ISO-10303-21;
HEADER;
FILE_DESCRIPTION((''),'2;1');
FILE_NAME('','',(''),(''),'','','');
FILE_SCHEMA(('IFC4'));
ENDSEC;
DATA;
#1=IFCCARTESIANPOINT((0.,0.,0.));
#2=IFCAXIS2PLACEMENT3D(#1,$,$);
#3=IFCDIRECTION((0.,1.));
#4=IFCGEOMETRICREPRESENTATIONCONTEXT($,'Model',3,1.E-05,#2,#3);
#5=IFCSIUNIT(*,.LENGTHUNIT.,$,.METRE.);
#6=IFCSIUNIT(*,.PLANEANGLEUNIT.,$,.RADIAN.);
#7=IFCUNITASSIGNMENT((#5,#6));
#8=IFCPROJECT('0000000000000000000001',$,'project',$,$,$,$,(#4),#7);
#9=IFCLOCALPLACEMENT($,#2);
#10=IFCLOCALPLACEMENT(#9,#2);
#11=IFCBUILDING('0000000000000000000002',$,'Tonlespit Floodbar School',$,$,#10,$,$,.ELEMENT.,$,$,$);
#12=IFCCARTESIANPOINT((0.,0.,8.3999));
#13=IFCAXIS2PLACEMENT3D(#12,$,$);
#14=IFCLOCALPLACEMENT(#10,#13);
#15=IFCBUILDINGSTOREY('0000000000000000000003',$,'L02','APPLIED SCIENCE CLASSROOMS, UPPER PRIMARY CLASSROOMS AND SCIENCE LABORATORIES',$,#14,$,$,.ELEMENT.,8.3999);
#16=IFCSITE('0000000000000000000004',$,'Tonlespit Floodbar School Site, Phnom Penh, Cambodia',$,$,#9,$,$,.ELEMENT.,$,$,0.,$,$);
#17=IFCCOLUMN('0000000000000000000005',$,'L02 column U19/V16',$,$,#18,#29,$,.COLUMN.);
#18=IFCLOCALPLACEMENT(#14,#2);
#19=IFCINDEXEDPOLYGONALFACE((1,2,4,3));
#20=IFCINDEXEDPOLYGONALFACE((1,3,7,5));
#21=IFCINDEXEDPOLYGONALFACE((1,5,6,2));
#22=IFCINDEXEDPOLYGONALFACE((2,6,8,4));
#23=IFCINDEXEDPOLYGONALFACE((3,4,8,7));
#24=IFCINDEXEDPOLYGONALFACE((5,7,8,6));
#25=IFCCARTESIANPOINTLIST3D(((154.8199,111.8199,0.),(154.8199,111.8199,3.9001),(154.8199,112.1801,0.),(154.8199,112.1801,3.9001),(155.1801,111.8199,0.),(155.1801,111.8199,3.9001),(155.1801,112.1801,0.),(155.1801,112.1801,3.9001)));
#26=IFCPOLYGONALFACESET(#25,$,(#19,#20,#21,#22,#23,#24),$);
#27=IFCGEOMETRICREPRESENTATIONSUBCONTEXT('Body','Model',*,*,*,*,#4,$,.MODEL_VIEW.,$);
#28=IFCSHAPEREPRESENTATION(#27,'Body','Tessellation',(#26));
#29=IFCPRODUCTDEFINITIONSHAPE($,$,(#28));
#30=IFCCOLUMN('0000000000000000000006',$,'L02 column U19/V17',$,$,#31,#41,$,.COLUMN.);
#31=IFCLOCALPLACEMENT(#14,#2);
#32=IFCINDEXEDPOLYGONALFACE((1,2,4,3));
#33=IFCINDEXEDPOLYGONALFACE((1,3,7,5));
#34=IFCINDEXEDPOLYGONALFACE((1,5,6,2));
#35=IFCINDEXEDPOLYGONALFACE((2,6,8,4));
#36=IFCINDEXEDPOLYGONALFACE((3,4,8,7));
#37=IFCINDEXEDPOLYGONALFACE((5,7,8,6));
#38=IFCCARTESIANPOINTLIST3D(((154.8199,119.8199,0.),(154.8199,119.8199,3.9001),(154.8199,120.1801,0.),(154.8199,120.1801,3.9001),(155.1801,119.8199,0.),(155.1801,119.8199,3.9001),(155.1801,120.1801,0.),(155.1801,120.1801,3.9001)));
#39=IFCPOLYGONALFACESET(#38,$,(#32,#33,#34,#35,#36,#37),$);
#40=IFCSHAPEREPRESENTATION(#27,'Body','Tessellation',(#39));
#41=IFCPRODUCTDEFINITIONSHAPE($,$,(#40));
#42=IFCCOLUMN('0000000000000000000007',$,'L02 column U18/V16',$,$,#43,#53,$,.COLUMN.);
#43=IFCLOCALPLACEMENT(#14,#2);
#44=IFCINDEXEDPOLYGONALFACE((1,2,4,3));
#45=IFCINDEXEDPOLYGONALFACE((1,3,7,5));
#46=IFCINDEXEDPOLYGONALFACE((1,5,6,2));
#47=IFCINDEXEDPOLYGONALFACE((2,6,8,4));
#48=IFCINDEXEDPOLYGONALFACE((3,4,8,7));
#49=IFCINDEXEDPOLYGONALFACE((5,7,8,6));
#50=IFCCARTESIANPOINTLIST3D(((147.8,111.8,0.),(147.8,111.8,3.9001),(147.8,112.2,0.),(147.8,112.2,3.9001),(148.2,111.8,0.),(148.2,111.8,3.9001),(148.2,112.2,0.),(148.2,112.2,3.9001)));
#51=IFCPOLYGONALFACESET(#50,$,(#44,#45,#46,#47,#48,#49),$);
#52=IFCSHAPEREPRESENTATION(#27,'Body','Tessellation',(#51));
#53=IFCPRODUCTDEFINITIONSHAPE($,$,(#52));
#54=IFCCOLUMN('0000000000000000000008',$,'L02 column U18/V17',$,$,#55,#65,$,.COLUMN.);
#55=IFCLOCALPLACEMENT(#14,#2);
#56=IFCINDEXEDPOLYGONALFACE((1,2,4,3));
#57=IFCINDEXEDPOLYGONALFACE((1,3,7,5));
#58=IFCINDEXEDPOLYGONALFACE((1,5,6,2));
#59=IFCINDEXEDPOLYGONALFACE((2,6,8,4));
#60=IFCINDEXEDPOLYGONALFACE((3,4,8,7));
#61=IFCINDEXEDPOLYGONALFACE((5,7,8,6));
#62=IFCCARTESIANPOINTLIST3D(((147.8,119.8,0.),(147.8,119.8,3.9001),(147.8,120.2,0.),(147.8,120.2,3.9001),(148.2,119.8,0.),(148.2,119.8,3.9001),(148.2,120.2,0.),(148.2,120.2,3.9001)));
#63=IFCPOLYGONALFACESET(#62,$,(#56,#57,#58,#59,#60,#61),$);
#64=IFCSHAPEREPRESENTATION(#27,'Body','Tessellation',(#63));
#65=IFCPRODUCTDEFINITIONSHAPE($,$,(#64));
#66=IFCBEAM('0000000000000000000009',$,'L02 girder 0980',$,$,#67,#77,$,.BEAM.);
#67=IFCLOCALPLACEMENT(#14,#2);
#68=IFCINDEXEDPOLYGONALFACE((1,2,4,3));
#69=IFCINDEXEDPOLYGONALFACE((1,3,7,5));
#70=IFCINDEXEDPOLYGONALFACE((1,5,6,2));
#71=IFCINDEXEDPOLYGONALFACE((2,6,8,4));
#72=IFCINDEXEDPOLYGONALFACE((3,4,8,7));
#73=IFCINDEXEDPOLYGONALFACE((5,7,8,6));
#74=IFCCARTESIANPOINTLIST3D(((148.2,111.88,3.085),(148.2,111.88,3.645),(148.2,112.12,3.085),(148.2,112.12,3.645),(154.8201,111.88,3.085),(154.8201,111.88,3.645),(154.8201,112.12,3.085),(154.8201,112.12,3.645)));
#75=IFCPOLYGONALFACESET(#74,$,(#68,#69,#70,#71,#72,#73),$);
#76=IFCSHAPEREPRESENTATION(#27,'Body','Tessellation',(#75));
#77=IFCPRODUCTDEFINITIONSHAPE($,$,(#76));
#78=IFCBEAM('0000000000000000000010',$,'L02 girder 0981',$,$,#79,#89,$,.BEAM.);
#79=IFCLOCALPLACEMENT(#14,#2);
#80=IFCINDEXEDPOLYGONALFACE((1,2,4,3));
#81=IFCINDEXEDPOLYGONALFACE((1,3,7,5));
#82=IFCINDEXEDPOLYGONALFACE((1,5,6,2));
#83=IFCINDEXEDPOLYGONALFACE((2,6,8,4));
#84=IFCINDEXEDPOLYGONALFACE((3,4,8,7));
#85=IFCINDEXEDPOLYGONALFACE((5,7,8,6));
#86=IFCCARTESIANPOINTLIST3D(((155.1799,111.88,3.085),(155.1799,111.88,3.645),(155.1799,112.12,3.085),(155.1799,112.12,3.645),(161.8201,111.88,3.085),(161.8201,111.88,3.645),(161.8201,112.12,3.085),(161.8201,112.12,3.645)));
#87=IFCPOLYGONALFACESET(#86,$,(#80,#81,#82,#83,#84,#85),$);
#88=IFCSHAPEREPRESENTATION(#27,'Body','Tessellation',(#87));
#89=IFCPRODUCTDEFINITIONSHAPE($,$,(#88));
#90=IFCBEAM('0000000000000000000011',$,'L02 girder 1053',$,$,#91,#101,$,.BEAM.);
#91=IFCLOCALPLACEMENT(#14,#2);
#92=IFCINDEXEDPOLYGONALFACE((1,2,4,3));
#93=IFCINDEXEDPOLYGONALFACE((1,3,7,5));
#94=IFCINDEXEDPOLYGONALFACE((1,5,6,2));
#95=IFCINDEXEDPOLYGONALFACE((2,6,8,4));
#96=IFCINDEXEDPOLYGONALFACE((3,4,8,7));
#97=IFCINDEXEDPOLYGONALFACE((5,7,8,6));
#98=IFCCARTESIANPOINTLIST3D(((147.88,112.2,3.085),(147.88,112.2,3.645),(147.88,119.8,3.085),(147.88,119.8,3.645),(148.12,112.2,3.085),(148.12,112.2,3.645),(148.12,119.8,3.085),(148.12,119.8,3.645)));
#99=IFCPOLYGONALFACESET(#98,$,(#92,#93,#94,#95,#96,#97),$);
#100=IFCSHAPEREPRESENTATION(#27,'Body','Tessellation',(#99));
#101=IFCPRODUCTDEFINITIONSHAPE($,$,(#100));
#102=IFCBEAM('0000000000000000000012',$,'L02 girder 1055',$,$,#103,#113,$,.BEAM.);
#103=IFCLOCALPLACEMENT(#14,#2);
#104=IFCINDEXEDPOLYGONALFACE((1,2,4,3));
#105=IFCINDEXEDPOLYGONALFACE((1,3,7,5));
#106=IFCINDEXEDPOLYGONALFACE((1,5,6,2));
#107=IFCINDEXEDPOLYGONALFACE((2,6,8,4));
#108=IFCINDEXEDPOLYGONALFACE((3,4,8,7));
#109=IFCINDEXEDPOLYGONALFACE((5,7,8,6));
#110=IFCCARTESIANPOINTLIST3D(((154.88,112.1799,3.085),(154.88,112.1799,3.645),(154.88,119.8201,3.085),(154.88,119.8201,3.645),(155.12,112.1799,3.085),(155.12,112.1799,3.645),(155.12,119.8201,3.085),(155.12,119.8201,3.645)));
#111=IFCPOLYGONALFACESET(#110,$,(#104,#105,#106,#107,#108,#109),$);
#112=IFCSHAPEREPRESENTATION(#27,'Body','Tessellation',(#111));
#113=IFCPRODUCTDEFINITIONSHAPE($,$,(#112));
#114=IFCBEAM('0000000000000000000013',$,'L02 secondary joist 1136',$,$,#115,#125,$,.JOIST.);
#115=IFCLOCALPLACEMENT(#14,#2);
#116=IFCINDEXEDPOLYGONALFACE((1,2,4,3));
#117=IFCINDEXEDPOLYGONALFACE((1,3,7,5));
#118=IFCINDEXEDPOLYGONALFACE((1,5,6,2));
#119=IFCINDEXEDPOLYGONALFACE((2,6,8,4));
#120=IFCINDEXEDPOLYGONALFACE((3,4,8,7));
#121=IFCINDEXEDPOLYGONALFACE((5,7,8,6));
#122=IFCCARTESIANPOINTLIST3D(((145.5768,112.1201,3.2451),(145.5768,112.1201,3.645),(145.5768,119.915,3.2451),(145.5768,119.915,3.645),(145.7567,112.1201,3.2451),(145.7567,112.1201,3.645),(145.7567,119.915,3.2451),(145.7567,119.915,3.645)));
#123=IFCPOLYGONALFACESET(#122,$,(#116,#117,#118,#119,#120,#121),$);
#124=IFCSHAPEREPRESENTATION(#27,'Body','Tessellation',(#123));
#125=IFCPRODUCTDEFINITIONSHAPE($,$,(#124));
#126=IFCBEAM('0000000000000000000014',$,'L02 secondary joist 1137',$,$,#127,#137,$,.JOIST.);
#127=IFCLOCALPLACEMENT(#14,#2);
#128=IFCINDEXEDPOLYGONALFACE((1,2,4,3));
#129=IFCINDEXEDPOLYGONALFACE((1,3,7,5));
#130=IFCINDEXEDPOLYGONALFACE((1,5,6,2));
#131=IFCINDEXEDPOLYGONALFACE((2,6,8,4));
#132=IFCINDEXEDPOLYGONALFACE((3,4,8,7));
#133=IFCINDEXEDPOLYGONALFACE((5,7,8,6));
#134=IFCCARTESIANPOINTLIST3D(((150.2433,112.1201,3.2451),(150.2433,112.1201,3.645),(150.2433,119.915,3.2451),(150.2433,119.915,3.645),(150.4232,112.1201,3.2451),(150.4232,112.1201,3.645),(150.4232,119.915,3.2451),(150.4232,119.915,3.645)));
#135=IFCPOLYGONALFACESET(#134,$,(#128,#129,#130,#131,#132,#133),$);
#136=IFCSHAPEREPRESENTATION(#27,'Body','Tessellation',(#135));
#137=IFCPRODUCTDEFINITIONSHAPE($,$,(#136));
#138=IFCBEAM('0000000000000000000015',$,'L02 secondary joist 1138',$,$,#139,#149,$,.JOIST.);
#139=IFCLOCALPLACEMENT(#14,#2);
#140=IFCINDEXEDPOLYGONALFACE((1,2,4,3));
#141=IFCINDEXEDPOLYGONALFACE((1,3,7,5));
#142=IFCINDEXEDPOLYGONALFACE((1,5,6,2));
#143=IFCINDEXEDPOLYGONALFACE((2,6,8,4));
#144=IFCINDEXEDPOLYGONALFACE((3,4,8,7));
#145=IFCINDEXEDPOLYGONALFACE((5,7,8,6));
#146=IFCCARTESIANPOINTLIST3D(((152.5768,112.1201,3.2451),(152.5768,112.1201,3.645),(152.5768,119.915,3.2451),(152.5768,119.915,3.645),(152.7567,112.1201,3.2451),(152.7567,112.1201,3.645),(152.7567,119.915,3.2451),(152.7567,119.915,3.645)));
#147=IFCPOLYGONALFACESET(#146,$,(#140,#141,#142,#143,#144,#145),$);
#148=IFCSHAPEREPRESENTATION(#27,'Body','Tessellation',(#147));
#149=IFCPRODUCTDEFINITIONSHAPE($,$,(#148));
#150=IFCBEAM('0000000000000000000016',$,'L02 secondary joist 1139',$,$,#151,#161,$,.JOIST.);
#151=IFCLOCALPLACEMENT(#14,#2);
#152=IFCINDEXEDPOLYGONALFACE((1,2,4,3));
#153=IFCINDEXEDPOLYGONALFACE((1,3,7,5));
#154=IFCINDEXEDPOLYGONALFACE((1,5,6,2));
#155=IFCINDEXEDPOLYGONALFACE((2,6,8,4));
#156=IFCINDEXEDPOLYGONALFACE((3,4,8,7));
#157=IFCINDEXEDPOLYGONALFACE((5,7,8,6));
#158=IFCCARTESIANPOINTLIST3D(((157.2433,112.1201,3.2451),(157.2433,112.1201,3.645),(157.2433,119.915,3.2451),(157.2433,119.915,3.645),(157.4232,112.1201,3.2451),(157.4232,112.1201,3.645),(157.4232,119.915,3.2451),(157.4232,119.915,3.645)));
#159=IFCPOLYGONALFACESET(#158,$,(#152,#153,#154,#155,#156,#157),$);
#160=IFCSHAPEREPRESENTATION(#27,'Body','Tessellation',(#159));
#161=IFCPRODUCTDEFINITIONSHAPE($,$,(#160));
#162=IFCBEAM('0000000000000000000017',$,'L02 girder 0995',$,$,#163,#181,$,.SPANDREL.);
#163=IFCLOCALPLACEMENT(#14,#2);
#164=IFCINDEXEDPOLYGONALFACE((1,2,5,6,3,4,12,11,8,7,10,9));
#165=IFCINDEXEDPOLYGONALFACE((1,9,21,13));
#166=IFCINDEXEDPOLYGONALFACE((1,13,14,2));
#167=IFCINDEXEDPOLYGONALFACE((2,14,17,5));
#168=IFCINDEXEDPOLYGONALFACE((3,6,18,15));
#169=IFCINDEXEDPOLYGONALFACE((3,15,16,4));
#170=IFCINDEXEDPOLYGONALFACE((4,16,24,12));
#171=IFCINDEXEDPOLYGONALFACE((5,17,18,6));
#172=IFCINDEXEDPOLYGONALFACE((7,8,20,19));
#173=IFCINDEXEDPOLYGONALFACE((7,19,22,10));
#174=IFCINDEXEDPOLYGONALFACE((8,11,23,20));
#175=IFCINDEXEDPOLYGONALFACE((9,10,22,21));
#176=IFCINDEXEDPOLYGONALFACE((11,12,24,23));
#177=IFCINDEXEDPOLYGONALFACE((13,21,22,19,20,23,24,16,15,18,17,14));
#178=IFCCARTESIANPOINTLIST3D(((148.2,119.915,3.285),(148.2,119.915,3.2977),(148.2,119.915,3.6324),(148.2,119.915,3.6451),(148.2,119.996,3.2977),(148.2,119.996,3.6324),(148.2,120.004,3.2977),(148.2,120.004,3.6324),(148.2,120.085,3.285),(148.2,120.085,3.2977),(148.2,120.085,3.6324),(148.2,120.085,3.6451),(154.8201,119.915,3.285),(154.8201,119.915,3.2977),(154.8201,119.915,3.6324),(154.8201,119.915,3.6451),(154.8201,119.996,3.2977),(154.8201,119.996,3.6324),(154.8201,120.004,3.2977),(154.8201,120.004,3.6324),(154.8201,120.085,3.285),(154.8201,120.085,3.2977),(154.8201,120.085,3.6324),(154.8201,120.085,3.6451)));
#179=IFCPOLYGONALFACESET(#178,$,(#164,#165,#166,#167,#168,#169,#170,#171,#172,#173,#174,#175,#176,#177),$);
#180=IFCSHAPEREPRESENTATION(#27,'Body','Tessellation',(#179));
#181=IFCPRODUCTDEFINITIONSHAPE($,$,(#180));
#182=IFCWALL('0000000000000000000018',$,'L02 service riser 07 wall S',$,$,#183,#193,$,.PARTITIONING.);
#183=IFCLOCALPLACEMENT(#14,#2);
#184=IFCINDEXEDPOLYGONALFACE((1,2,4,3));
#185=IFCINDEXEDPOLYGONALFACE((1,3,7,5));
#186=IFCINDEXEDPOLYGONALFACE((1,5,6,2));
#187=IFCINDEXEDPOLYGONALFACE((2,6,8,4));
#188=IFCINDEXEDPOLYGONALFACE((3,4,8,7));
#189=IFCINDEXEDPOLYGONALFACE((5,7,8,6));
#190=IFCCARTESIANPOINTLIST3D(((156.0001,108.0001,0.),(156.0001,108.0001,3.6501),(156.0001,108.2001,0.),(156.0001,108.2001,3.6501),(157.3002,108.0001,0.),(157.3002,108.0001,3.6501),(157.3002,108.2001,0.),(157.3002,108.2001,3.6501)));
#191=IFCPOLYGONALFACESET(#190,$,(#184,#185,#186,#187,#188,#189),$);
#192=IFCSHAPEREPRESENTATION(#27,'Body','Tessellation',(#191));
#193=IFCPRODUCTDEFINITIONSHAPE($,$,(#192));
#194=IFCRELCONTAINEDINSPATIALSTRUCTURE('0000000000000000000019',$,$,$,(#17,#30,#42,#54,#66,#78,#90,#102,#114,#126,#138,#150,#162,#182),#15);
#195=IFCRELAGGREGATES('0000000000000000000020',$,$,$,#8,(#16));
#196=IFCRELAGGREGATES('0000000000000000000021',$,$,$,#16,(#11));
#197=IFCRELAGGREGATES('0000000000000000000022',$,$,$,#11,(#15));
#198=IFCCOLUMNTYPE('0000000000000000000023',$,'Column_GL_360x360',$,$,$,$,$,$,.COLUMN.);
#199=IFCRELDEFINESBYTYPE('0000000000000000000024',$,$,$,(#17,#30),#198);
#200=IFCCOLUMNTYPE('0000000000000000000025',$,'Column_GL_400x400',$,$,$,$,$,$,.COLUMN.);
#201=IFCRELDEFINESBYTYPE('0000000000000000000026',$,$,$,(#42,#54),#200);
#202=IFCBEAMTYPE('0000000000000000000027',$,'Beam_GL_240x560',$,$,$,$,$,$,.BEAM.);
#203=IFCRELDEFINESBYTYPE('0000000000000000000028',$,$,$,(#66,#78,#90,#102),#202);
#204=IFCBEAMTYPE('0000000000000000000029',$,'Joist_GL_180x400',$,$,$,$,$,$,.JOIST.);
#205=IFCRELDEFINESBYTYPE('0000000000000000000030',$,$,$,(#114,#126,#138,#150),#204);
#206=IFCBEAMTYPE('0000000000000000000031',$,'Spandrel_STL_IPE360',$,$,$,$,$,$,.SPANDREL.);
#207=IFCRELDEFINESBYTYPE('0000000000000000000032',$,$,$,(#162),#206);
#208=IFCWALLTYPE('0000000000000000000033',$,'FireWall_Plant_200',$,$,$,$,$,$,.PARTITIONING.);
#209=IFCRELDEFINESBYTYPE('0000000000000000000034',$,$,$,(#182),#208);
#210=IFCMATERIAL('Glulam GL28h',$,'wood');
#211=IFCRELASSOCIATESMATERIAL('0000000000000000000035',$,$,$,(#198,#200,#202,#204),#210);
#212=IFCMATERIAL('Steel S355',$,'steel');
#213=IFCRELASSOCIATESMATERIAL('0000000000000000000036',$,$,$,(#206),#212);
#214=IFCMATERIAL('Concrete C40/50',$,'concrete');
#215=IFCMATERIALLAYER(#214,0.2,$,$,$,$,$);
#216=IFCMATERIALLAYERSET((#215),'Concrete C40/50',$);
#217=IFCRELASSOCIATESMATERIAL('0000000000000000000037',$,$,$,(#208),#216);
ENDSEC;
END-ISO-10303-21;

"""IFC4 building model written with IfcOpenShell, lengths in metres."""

from ifc_helpers import new_model, si_unit, direction, frame, frame_2d, origin, origin_2d, place, context, subcontext, project, spatial, rectangle, i_section, extrude, material, layer, layer_set, material_profile, profile_set, type_object, element, save


model = new_model("IFC4")

# Units and contexts
model_context = context("Model", 3, precision=1e-05, world=origin(), true_north=direction((0.0, 1.0)))
body_context = subcontext(model_context, "Body", "Model", "MODEL_VIEW")
ifc_project = project(units=[si_unit("LENGTHUNIT", "METRE"), si_unit("PLANEANGLEUNIT", "RADIAN")], contexts=[model_context])

# Site, building, storey
site_placement = place(None, origin())
site = spatial("IfcSite", under=ifc_project, at=site_placement, Name="Tonlespit Floodbar School Site, Phnom Penh, Cambodia", CompositionType="ELEMENT", RefElevation=0.0)
building_placement = place(site_placement, origin())
building = spatial("IfcBuilding", under=site, at=building_placement, Name="Tonlespit Floodbar School", CompositionType="ELEMENT")
storey_placement = place(building_placement, frame((0.0, 0.0, 8.3999)))
storey = spatial("IfcBuildingStorey", under=building, at=storey_placement, Name="L02", Description="APPLIED SCIENCE CLASSROOMS, UPPER PRIMARY CLASSROOMS AND SCIENCE LABORATORIES", CompositionType="ELEMENT", Elevation=8.3999)

# Columns
ifc_material_1 = material(Name="Glulam GL28h", Category="wood")
ifc_material_profile_1 = material_profile(ifc_material_1, rectangle(XDim=0.3601, YDim=0.3601, at=origin_2d()), Name="GL 360x360")
ifc_profile_set_1 = profile_set([ifc_material_profile_1], Name="Glulam GL28h")
column_type_1 = type_object("IfcColumnType", Name="Column_GL_360x360", PredefinedType="COLUMN", material=ifc_profile_set_1)
for number, where, z_axis, x_axis, name in (
    (1, (155.0, 112.0, 0.0), (0.0, 0.0, 1.0), (1.0, 0.0, 0.0), "L02 column U19/V16"),
    (2, (155.0, 120.0, 0.0), (0.0, 0.0, 1.0), (1.0, 0.0, 0.0), "L02 column U19/V17"),
):
    element("IfcColumn", number, at=place(storey_placement, frame(where, z_axis=z_axis, x_axis=x_axis)), inside=storey, type_object=column_type_1, Name=name, PredefinedType="COLUMN", context=body_context, shape_type="SweptSolid", body=[
        extrude(rectangle(XDim=0.3601, YDim=0.3601, at=origin_2d()), origin(), (0.0, 0.0, 1.0), 3.9001),
    ])
ifc_material_profile_2 = material_profile(ifc_material_1, rectangle(XDim=0.3999, YDim=0.3999, at=origin_2d()), Name="GL 400x400")
ifc_profile_set_2 = profile_set([ifc_material_profile_2], Name="Glulam GL28h")
column_type_2 = type_object("IfcColumnType", Name="Column_GL_400x400", PredefinedType="COLUMN", material=ifc_profile_set_2)
for number, where, z_axis, x_axis, name in (
    (3, (148.0, 112.0, 0.0), (0.0, 0.0, 1.0), (1.0, 0.0, 0.0), "L02 column U18/V16"),
    (4, (148.0, 120.0, 0.0), (0.0, 0.0, 1.0), (1.0, 0.0, 0.0), "L02 column U18/V17"),
):
    element("IfcColumn", number, at=place(storey_placement, frame(where, z_axis=z_axis, x_axis=x_axis)), inside=storey, type_object=column_type_2, Name=name, PredefinedType="COLUMN", context=body_context, shape_type="SweptSolid", body=[
        extrude(rectangle(XDim=0.3999, YDim=0.3999, at=origin_2d()), origin(), (0.0, 0.0, 1.0), 3.9001),
    ])

# Beams
ifc_material_profile_3 = material_profile(ifc_material_1, rectangle(XDim=0.24, YDim=0.5601, at=origin_2d()), Name="GL 240x560")
ifc_profile_set_3 = profile_set([ifc_material_profile_3], Name="Glulam GL28h")
beam_type_1 = type_object("IfcBeamType", Name="Beam_GL_240x560", PredefinedType="BEAM", material=ifc_profile_set_3)
beam_1_placement = place(storey_placement, frame((148.2, 112.0, 3.365), z_axis=(1.0, 0.0, 0.0), x_axis=(0.0, 1.0, 0.0)))
element("IfcBeam", 5, at=beam_1_placement, inside=storey, type_object=beam_type_1, Name="L02 girder 0980", PredefinedType="BEAM", context=body_context, shape_type="SweptSolid", body=[
    extrude(rectangle(XDim=0.24, YDim=0.5601, at=origin_2d()), origin(), (0.0, 0.0, 1.0), 6.6201),
])
beam_2_placement = place(storey_placement, frame((155.1799, 112.0, 3.365), z_axis=(1.0, 0.0, 0.0), x_axis=(0.0, 1.0, 0.0)))
element("IfcBeam", 6, at=beam_2_placement, inside=storey, type_object=beam_type_1, Name="L02 girder 0981", PredefinedType="BEAM", context=body_context, shape_type="SweptSolid", body=[
    extrude(rectangle(XDim=0.24, YDim=0.5601, at=origin_2d()), origin(), (0.0, 0.0, 1.0), 6.6401),
])
beam_3_placement = place(storey_placement, frame((148.0, 112.2, 3.365), z_axis=(0.0, 1.0, 0.0), x_axis=(-1.0, 0.0, 0.0)))
element("IfcBeam", 7, at=beam_3_placement, inside=storey, type_object=beam_type_1, Name="L02 girder 1053", PredefinedType="BEAM", context=body_context, shape_type="SweptSolid", body=[
    extrude(rectangle(XDim=0.24, YDim=0.5601, at=origin_2d()), origin(), (0.0, 0.0, 1.0), 7.6001),
])
beam_4_placement = place(storey_placement, frame((155.0, 112.1799, 3.365), z_axis=(0.0, 1.0, 0.0), x_axis=(-1.0, 0.0, 0.0)))
element("IfcBeam", 8, at=beam_4_placement, inside=storey, type_object=beam_type_1, Name="L02 girder 1055", PredefinedType="BEAM", context=body_context, shape_type="SweptSolid", body=[
    extrude(rectangle(XDim=0.24, YDim=0.5601, at=origin_2d()), origin(), (0.0, 0.0, 1.0), 7.6401),
])
ifc_material_profile_4 = material_profile(ifc_material_1, rectangle(XDim=0.1799, YDim=0.3999, at=origin_2d()), Name="GL 180x400")
ifc_profile_set_4 = profile_set([ifc_material_profile_4], Name="Glulam GL28h")
beam_type_2 = type_object("IfcBeamType", Name="Joist_GL_180x400", PredefinedType="JOIST", material=ifc_profile_set_4)
for number, where, z_axis, x_axis, name in (
    (9, (145.6667, 112.1201, 3.4451), (0.0, 1.0, 0.0), (-1.0, 0.0, 0.0), "L02 secondary joist 1136"),
    (10, (150.3333, 112.1201, 3.4451), (0.0, 1.0, 0.0), (-1.0, 0.0, 0.0), "L02 secondary joist 1137"),
    (11, (152.6667, 112.1201, 3.4451), (0.0, 1.0, 0.0), (-1.0, 0.0, 0.0), "L02 secondary joist 1138"),
    (12, (157.3333, 112.1201, 3.4451), (0.0, 1.0, 0.0), (-1.0, 0.0, 0.0), "L02 secondary joist 1139"),
):
    element("IfcBeam", number, at=place(storey_placement, frame(where, z_axis=z_axis, x_axis=x_axis)), inside=storey, type_object=beam_type_2, Name=name, PredefinedType="JOIST", context=body_context, shape_type="SweptSolid", body=[
        extrude(rectangle(XDim=0.1799, YDim=0.3999, at=origin_2d()), origin(), (0.0, 0.0, 1.0), 7.7949),
    ])
ifc_material_2 = material(Name="Steel S355", Category="steel")
ifc_material_profile_5 = material_profile(ifc_material_2, i_section(OverallWidth=0.1699, OverallDepth=0.3601, WebThickness=0.0081, FlangeThickness=0.0127, at=origin_2d()), Name="IPE 360")
ifc_profile_set_5 = profile_set([ifc_material_profile_5], Name="Steel S355")
beam_type_3 = type_object("IfcBeamType", Name="Spandrel_STL_IPE360", PredefinedType="SPANDREL", material=ifc_profile_set_5)
beam_5_placement = place(storey_placement, frame((148.2, 120.0, 3.4651), z_axis=(1.0, 0.0, 0.0), x_axis=(0.0, 1.0, 0.0)))
element("IfcBeam", 13, at=beam_5_placement, inside=storey, type_object=beam_type_3, Name="L02 girder 0995", PredefinedType="SPANDREL", context=body_context, shape_type="SweptSolid", body=[
    extrude(i_section(OverallWidth=0.1699, OverallDepth=0.3601, WebThickness=0.0081, FlangeThickness=0.0127, at=origin_2d()), origin(), (0.0, 0.0, 1.0), 6.6201),
])

# Wall
ifc_material_3 = material(Name="Concrete C40/50", Category="concrete")
ifc_layer_1 = layer(ifc_material_3, 0.2)
ifc_layer_set_1 = layer_set([ifc_layer_1], Name="Concrete C40/50")
wall_type_1 = type_object("IfcWallType", Name="FireWall_Plant_200", PredefinedType="PARTITIONING", material=ifc_layer_set_1)
for number, where, z_axis, x_axis, name in (
    (14, (157.3, 108.1001, 0.0), (0.0, 0.0, 1.0), (-1.0, 0.0, 0.0), "L02 service riser 07 wall S"),
):
    element("IfcWall", number, at=place(storey_placement, frame(where, z_axis=z_axis, x_axis=x_axis)), inside=storey, type_object=wall_type_1, Name=name, PredefinedType="PARTITIONING", context=body_context, shape_type="SweptSolid", body=[
        extrude(rectangle(XDim=1.3, YDim=0.2, at=frame_2d((0.6499, 0.0))), origin(), (0.0, 0.0, 1.0), 3.6501),
    ])

save(model, "model.ifc")
